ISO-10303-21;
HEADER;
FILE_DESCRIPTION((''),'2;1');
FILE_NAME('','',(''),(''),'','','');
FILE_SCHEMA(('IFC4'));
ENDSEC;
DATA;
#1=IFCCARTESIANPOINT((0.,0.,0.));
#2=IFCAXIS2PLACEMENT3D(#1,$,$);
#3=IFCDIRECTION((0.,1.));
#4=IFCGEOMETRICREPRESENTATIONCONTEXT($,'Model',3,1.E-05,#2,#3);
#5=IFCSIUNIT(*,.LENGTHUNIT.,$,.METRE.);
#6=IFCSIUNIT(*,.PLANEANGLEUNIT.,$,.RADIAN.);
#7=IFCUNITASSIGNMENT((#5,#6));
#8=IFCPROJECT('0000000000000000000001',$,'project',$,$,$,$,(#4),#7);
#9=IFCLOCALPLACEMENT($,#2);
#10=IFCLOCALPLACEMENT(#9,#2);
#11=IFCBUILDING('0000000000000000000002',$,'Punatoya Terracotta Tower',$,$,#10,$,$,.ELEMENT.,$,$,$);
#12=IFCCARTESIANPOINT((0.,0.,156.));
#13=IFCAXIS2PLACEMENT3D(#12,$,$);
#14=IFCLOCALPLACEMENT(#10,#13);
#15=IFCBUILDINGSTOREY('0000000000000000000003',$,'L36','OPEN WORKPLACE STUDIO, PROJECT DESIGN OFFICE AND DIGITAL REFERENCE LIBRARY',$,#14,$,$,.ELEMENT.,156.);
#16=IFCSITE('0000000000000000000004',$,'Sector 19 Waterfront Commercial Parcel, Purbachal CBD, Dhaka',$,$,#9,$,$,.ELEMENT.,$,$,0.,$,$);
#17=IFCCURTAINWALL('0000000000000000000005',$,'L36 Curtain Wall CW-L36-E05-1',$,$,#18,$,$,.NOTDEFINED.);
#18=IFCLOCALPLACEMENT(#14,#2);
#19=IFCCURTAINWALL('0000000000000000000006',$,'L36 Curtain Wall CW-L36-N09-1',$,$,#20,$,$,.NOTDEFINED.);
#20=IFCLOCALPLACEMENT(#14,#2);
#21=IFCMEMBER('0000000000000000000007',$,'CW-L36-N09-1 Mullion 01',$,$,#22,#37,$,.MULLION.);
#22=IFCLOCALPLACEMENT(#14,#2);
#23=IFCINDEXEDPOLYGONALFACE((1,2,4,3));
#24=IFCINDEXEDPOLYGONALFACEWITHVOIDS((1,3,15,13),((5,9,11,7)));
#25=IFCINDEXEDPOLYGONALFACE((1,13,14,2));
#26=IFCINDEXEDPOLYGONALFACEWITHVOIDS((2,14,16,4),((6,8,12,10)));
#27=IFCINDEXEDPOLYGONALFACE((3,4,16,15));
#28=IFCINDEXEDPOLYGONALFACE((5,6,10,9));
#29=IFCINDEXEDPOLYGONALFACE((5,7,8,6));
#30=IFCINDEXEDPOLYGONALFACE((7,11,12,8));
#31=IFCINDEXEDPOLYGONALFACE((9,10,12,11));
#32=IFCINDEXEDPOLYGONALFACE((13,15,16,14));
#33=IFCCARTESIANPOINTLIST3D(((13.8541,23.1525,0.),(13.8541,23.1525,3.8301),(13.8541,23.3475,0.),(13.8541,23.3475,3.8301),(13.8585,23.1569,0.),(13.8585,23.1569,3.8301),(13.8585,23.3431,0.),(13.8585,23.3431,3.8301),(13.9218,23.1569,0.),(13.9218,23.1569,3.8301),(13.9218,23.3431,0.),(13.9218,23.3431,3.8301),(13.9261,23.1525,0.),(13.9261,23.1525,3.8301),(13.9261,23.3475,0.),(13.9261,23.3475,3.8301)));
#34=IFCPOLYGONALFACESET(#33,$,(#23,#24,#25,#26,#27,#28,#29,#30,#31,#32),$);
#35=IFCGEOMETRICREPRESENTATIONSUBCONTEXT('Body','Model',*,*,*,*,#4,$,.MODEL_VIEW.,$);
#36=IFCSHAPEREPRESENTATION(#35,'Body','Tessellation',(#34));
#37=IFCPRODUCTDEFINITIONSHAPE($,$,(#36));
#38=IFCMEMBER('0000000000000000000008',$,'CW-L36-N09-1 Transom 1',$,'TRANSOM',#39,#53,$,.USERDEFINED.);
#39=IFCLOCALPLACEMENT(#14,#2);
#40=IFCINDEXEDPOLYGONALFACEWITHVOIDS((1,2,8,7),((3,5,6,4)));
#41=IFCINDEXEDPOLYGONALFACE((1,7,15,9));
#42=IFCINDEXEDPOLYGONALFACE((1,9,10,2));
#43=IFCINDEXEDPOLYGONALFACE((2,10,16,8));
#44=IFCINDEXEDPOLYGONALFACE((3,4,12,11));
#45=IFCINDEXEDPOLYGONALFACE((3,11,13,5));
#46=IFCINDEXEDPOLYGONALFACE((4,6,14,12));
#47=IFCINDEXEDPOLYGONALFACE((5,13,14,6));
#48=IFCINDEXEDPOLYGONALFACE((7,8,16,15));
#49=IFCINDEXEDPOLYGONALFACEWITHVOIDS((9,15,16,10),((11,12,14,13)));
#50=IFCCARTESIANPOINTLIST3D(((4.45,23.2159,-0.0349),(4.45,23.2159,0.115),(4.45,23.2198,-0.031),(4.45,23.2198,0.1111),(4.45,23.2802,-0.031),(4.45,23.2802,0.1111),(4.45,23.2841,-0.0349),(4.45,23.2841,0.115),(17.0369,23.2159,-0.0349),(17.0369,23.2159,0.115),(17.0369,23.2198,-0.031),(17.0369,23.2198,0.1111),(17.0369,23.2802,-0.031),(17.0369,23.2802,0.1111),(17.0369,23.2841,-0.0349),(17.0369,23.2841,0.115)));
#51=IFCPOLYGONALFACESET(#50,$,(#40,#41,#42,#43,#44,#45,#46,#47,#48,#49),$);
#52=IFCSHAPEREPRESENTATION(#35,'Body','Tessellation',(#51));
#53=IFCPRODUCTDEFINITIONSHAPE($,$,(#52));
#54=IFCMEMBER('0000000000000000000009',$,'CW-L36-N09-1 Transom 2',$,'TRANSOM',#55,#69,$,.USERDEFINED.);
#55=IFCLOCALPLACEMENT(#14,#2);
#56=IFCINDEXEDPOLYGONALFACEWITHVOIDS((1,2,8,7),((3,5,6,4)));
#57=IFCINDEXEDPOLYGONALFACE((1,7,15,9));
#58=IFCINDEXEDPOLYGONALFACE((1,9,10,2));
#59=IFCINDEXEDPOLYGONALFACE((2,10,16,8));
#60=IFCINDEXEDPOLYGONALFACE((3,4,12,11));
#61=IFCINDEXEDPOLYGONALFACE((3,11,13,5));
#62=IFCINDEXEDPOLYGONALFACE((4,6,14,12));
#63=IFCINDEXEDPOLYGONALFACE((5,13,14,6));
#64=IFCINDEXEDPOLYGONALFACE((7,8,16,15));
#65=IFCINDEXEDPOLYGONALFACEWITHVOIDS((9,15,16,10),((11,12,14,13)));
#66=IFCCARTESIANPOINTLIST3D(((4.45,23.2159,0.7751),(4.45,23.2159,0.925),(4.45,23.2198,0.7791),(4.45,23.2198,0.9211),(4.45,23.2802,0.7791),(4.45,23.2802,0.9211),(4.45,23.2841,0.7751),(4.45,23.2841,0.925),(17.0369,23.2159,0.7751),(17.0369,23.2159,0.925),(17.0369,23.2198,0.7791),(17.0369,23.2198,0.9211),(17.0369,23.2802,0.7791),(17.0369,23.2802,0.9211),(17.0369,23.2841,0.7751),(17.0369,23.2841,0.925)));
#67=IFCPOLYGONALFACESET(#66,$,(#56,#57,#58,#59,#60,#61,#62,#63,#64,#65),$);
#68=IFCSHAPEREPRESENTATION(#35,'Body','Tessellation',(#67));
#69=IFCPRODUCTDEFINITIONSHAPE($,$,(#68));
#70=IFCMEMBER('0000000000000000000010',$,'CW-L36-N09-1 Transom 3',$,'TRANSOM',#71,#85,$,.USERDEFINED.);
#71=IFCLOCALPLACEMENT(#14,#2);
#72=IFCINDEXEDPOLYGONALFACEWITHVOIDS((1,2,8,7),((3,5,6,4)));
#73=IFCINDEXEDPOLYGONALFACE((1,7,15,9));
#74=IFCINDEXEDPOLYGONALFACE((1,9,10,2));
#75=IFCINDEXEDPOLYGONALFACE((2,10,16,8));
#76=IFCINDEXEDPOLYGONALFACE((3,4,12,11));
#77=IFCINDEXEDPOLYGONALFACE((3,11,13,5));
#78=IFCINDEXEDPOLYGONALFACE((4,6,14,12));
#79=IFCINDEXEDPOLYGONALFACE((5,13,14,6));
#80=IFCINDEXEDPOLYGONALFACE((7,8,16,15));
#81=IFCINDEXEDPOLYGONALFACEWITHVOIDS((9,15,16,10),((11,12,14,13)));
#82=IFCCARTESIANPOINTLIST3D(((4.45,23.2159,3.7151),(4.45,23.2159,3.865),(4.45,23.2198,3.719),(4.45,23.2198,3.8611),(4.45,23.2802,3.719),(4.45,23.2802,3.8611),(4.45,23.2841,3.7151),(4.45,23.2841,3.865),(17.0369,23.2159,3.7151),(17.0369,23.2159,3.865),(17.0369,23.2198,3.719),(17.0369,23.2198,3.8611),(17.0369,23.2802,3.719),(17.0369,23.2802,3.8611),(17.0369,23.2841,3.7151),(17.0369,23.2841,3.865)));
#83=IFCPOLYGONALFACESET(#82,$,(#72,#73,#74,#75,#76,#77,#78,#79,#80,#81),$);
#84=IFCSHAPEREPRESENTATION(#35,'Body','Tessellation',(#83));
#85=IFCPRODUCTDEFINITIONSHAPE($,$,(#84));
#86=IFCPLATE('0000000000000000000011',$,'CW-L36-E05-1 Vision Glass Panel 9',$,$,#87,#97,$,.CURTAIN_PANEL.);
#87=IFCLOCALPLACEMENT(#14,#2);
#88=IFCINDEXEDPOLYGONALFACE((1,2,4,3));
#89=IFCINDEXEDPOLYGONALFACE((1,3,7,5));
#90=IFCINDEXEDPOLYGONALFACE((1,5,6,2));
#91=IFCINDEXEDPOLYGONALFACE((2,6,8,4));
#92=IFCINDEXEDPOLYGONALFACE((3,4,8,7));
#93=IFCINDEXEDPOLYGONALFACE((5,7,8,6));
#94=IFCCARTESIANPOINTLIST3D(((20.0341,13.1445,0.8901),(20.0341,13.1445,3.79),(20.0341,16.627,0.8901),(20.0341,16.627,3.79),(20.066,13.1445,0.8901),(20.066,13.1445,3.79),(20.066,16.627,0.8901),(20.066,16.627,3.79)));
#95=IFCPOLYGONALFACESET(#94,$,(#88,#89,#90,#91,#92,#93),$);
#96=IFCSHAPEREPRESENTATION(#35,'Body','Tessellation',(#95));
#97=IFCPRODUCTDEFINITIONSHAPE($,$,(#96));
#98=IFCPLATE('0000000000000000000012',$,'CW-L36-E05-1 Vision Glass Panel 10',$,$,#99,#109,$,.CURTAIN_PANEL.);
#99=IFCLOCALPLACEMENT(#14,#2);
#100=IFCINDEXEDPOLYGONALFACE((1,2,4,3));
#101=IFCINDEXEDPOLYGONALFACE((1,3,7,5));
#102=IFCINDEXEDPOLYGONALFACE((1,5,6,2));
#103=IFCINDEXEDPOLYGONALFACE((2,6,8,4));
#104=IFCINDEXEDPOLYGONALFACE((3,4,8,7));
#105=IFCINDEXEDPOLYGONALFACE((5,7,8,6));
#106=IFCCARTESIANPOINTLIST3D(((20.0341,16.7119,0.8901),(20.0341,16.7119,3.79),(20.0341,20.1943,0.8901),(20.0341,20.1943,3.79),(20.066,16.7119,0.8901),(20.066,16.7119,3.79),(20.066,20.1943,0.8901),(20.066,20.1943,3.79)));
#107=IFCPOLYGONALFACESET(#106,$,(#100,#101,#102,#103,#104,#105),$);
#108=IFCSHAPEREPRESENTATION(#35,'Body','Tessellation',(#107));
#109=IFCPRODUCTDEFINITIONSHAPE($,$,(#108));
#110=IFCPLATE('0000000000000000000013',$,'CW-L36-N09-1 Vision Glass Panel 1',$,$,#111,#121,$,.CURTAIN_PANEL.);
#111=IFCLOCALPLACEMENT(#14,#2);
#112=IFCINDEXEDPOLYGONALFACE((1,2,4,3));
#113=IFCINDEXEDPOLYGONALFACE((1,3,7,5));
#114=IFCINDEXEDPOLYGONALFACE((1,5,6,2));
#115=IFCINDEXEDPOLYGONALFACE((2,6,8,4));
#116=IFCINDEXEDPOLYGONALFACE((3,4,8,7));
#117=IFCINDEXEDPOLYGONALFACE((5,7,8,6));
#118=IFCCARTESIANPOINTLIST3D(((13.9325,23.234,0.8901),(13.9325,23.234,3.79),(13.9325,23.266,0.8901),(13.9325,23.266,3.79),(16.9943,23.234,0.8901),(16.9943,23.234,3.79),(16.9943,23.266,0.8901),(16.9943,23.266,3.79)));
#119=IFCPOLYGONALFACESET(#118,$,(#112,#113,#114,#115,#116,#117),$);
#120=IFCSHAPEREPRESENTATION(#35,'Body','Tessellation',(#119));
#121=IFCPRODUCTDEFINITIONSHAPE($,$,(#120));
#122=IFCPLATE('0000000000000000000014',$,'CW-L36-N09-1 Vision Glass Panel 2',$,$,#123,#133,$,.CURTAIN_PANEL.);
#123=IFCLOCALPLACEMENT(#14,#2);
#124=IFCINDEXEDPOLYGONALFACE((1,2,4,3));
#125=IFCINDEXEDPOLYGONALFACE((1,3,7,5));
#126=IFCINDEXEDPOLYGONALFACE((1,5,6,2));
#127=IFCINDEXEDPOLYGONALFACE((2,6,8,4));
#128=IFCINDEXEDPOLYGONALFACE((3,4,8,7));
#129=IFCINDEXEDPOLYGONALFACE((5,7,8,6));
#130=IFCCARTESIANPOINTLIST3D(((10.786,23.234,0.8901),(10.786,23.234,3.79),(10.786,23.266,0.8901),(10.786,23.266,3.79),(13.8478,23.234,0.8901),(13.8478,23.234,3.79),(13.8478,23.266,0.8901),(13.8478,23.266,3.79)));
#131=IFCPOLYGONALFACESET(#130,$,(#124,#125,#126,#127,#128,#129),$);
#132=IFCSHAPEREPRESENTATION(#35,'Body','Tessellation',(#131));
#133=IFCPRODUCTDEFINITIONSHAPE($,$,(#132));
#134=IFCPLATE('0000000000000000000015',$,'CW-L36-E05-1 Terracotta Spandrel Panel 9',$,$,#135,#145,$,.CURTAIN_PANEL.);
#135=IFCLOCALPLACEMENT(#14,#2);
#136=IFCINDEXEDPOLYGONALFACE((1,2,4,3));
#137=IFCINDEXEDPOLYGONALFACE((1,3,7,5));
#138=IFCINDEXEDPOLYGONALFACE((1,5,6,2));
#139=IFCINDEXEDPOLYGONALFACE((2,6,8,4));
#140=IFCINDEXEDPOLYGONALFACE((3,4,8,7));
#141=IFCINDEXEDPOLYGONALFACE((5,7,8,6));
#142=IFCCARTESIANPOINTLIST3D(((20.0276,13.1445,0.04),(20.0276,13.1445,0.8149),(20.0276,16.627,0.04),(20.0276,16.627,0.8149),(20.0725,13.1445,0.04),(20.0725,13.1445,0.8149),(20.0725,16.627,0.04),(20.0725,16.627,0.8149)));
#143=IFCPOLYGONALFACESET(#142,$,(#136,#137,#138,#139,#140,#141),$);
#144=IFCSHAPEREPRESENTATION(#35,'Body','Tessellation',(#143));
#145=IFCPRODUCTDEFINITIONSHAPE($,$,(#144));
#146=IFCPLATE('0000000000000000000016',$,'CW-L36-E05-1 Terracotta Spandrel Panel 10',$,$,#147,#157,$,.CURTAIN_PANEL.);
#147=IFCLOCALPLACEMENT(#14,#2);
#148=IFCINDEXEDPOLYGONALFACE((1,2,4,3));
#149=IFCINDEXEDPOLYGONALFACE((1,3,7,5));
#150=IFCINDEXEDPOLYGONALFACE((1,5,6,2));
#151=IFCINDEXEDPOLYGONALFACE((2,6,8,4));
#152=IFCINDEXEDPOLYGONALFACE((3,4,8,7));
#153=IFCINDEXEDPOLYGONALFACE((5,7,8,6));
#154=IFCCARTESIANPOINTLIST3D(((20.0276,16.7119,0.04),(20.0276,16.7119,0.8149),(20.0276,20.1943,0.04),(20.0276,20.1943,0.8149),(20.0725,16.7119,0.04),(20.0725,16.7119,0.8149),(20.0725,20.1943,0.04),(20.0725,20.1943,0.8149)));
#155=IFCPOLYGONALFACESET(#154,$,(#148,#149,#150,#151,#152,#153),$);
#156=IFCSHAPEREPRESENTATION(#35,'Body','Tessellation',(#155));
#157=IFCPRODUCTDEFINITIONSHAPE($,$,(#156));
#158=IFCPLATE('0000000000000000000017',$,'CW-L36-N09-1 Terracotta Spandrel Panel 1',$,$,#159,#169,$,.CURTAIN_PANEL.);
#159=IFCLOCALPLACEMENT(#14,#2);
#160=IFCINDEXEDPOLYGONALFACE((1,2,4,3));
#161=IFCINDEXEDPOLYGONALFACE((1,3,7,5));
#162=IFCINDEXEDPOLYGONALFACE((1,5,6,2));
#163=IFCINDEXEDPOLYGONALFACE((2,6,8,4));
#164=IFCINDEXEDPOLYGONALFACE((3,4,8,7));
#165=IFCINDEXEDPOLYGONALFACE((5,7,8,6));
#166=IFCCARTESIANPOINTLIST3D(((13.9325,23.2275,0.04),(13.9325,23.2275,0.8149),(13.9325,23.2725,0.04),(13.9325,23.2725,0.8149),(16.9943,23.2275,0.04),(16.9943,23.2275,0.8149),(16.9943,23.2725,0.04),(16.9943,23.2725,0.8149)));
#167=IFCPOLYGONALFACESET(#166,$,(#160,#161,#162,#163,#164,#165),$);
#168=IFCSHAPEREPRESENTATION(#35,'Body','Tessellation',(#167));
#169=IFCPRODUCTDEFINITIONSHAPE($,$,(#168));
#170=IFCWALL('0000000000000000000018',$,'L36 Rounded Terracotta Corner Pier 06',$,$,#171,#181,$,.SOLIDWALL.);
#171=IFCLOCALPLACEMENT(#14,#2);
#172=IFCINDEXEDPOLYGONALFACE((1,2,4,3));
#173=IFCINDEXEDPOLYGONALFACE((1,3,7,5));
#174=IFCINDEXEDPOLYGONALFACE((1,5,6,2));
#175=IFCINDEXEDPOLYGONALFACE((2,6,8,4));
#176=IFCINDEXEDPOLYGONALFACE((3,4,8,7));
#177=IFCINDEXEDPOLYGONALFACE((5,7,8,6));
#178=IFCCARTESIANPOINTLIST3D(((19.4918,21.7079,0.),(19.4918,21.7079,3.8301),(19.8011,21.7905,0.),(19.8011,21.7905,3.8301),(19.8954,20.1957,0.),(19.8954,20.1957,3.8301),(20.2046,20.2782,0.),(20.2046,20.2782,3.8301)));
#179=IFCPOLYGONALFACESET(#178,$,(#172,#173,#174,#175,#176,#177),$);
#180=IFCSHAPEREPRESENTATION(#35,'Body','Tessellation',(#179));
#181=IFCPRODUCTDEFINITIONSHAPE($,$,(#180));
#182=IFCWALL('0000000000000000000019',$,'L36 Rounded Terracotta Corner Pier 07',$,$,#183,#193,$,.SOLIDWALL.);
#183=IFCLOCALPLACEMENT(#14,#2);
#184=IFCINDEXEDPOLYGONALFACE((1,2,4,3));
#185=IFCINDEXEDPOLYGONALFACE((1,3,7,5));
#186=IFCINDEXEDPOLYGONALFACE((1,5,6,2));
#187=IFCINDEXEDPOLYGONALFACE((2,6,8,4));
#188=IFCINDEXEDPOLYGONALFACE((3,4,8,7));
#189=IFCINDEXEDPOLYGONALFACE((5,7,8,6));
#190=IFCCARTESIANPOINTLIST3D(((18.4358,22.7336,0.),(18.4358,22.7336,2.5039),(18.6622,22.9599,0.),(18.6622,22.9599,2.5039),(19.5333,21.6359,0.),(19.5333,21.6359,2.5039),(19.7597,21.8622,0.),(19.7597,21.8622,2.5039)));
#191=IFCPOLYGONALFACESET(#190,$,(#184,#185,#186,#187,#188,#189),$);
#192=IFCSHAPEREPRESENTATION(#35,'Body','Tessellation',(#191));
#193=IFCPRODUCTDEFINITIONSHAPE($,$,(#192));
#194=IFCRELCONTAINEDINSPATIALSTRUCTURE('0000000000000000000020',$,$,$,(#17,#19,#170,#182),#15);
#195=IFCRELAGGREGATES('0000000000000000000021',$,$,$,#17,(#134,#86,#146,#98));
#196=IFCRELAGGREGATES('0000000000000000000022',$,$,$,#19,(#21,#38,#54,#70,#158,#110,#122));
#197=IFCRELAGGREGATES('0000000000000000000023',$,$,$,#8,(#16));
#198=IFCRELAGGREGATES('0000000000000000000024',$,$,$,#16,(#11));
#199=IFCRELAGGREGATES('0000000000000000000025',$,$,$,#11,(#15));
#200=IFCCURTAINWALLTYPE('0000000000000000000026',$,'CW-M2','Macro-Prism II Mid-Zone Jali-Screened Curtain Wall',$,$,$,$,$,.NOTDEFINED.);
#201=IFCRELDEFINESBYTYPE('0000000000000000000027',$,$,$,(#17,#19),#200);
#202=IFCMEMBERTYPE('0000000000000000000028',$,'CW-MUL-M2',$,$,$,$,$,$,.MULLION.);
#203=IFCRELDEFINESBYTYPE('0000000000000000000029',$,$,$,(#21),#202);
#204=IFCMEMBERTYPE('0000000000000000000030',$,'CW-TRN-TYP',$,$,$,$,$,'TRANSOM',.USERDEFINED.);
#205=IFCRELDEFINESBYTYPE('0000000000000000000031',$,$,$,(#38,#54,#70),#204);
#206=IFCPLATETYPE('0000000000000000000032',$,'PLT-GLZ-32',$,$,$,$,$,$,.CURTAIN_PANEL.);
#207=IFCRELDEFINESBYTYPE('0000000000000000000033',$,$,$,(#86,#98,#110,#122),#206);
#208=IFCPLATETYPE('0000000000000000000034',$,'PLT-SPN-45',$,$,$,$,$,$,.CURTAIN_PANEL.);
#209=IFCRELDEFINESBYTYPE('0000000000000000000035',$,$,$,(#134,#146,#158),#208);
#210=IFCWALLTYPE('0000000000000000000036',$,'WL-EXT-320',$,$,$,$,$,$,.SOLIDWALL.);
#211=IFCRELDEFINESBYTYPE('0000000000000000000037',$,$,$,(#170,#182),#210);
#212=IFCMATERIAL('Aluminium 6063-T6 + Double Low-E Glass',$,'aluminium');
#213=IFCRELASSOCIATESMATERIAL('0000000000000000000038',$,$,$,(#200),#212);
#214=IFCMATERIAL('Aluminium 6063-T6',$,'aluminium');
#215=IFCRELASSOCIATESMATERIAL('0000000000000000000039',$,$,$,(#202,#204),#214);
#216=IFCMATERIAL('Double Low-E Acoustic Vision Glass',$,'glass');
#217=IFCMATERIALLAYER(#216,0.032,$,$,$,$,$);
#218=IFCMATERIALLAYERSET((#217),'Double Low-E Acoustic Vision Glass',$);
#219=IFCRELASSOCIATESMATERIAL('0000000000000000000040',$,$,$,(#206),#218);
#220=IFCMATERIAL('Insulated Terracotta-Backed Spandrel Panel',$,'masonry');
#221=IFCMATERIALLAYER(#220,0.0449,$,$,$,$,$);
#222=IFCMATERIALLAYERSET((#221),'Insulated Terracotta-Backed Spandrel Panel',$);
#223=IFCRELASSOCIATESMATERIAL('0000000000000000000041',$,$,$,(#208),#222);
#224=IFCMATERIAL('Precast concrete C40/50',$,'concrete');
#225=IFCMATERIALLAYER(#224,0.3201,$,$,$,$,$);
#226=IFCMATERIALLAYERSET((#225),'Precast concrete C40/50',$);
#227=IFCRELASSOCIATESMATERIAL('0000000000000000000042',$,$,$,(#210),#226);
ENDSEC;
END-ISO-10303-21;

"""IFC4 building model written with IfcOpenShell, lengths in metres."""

from ifc_helpers import new_model, si_unit, direction, frame, frame_2d, origin, origin_2d, place, context, subcontext, project, spatial, rectangle, hollow_rectangle, extrude, material, layer, layer_set, material_profile, profile_set, type_object, element, aggregate, save


model = new_model("IFC4")

# Units and contexts
model_context = context("Model", 3, precision=1e-05, world=origin(), true_north=direction((0.0, 1.0)))
body_context = subcontext(model_context, "Body", "Model", "MODEL_VIEW")
ifc_project = project(units=[si_unit("LENGTHUNIT", "METRE"), si_unit("PLANEANGLEUNIT", "RADIAN")], contexts=[model_context])

# Site, building, storey
site_placement = place(None, origin())
site = spatial("IfcSite", under=ifc_project, at=site_placement, Name="Sector 19 Waterfront Commercial Parcel, Purbachal CBD, Dhaka", CompositionType="ELEMENT", RefElevation=0.0)
building_placement = place(site_placement, origin())
building = spatial("IfcBuilding", under=site, at=building_placement, Name="Punatoya Terracotta Tower", CompositionType="ELEMENT")
storey_placement = place(building_placement, frame((0.0, 0.0, 156.0)))
storey = spatial("IfcBuildingStorey", under=building, at=storey_placement, Name="L36", Description="OPEN WORKPLACE STUDIO, PROJECT DESIGN OFFICE AND DIGITAL REFERENCE LIBRARY", CompositionType="ELEMENT", Elevation=156.0)

# Curtain walls, members
ifc_material_1 = material(Name="Aluminium 6063-T6 + Double Low-E Glass", Category="aluminium")
curtain_wall_type = type_object("IfcCurtainWallType", Name="CW-M2", Description="Macro-Prism II Mid-Zone Jali-Screened Curtain Wall", PredefinedType="NOTDEFINED", material=ifc_material_1)
curtain_wall_1_placement = place(storey_placement, origin())
curtain_wall_1 = element("IfcCurtainWall", 1, at=curtain_wall_1_placement, inside=storey, type_object=curtain_wall_type, Name="L36 Curtain Wall CW-L36-E05-1", PredefinedType="NOTDEFINED")
ifc_material_2 = material(Name="Aluminium 6063-T6", Category="aluminium")
ifc_material_profile_1 = material_profile(ifc_material_2, hollow_rectangle(XDim=0.072, YDim=0.1951, WallThickness=0.0044, at=origin_2d()))
ifc_profile_set_1 = profile_set([ifc_material_profile_1], Name="Aluminium 6063-T6")
member_type_1 = type_object("IfcMemberType", Name="CW-MUL-M2", PredefinedType="MULLION", material=ifc_profile_set_1)
curtain_wall_2_placement = place(storey_placement, origin())
curtain_wall_2 = element("IfcCurtainWall", 2, at=curtain_wall_2_placement, inside=storey, type_object=curtain_wall_type, Name="L36 Curtain Wall CW-L36-N09-1", PredefinedType="NOTDEFINED")
member_1_placement = place(storey_placement, frame((13.8901, 23.25, 0.0), z_axis=(0.0, 0.0, 1.0), x_axis=(1.0, 0.0, 0.0)))
member_1 = element("IfcMember", 3, at=member_1_placement, type_object=member_type_1, Name="CW-L36-N09-1 Mullion 01", PredefinedType="MULLION", context=body_context, shape_type="SweptSolid", body=[
    extrude(hollow_rectangle(XDim=0.072, YDim=0.1951, WallThickness=0.0044, at=origin_2d()), origin(), (0.0, 0.0, 1.0), 3.8301),
])
ifc_material_profile_2 = material_profile(ifc_material_2, hollow_rectangle(XDim=0.0681, YDim=0.1499, WallThickness=0.0039, at=origin_2d()))
ifc_profile_set_2 = profile_set([ifc_material_profile_2], Name="Aluminium 6063-T6")
member_type_2 = type_object("IfcMemberType", Name="CW-TRN-TYP", ElementType="TRANSOM", PredefinedType="USERDEFINED", material=ifc_profile_set_2)
member_2_placement = place(storey_placement, frame((17.0369, 23.25, 0.04), z_axis=(-1.0, 0.0, 0.0), x_axis=(0.0, -1.0, 0.0)))
member_2 = element("IfcMember", 4, at=member_2_placement, type_object=member_type_2, Name="CW-L36-N09-1 Transom 1", ObjectType="TRANSOM", PredefinedType="USERDEFINED", context=body_context, shape_type="SweptSolid", body=[
    extrude(hollow_rectangle(XDim=0.0681, YDim=0.1499, WallThickness=0.0039, at=origin_2d()), origin(), (0.0, 0.0, 1.0), 12.5869),
])
member_3_placement = place(storey_placement, frame((17.0369, 23.25, 0.8501), z_axis=(-1.0, 0.0, 0.0), x_axis=(0.0, -1.0, 0.0)))
member_3 = element("IfcMember", 5, at=member_3_placement, type_object=member_type_2, Name="CW-L36-N09-1 Transom 2", ObjectType="TRANSOM", PredefinedType="USERDEFINED", context=body_context, shape_type="SweptSolid", body=[
    extrude(hollow_rectangle(XDim=0.0681, YDim=0.1499, WallThickness=0.0039, at=origin_2d()), origin(), (0.0, 0.0, 1.0), 12.5869),
])
member_4_placement = place(storey_placement, frame((17.0369, 23.25, 3.79), z_axis=(-1.0, 0.0, 0.0), x_axis=(0.0, -1.0, 0.0)))
member_4 = element("IfcMember", 6, at=member_4_placement, type_object=member_type_2, Name="CW-L36-N09-1 Transom 3", ObjectType="TRANSOM", PredefinedType="USERDEFINED", context=body_context, shape_type="SweptSolid", body=[
    extrude(hollow_rectangle(XDim=0.0681, YDim=0.1499, WallThickness=0.0039, at=origin_2d()), origin(), (0.0, 0.0, 1.0), 12.5869),
])

# Plates
ifc_material_3 = material(Name="Double Low-E Acoustic Vision Glass", Category="glass")
ifc_layer_1 = layer(ifc_material_3, 0.032)
ifc_layer_set_1 = layer_set([ifc_layer_1], Name="Double Low-E Acoustic Vision Glass")
plate_type_1 = type_object("IfcPlateType", Name="PLT-GLZ-32", PredefinedType="CURTAIN_PANEL", material=ifc_layer_set_1)
plate_1_placement = place(storey_placement, frame((20.05, 14.8857, 0.8901), z_axis=(0.0, 0.0, 1.0), x_axis=(0.0, 1.0, 0.0)))
plate_1 = element("IfcPlate", 7, at=plate_1_placement, type_object=plate_type_1, Name="CW-L36-E05-1 Vision Glass Panel 9", PredefinedType="CURTAIN_PANEL", context=body_context, shape_type="SweptSolid", body=[
    extrude(rectangle(XDim=3.4824, YDim=0.032, at=origin_2d()), origin(), (0.0, 0.0, 1.0), 2.8999),
])
plate_2_placement = place(storey_placement, frame((20.05, 18.4531, 0.8901), z_axis=(0.0, 0.0, 1.0), x_axis=(0.0, 1.0, 0.0)))
plate_2 = element("IfcPlate", 8, at=plate_2_placement, type_object=plate_type_1, Name="CW-L36-E05-1 Vision Glass Panel 10", PredefinedType="CURTAIN_PANEL", context=body_context, shape_type="SweptSolid", body=[
    extrude(rectangle(XDim=3.4824, YDim=0.032, at=origin_2d()), origin(), (0.0, 0.0, 1.0), 2.8999),
])
plate_3_placement = place(storey_placement, frame((15.4634, 23.25, 0.8901), z_axis=(0.0, 0.0, 1.0), x_axis=(-1.0, 0.0, 0.0)))
plate_3 = element("IfcPlate", 9, at=plate_3_placement, type_object=plate_type_1, Name="CW-L36-N09-1 Vision Glass Panel 1", PredefinedType="CURTAIN_PANEL", context=body_context, shape_type="SweptSolid", body=[
    extrude(rectangle(XDim=3.0618, YDim=0.032, at=origin_2d()), origin(), (0.0, 0.0, 1.0), 2.8999),
])
plate_4_placement = place(storey_placement, frame((12.3169, 23.25, 0.8901), z_axis=(0.0, 0.0, 1.0), x_axis=(-1.0, 0.0, 0.0)))
plate_4 = element("IfcPlate", 10, at=plate_4_placement, type_object=plate_type_1, Name="CW-L36-N09-1 Vision Glass Panel 2", PredefinedType="CURTAIN_PANEL", context=body_context, shape_type="SweptSolid", body=[
    extrude(rectangle(XDim=3.0618, YDim=0.032, at=origin_2d()), origin(), (0.0, 0.0, 1.0), 2.8999),
])
ifc_material_4 = material(Name="Insulated Terracotta-Backed Spandrel Panel", Category="masonry")
ifc_layer_2 = layer(ifc_material_4, 0.0449)
ifc_layer_set_2 = layer_set([ifc_layer_2], Name="Insulated Terracotta-Backed Spandrel Panel")
plate_type_2 = type_object("IfcPlateType", Name="PLT-SPN-45", PredefinedType="CURTAIN_PANEL", material=ifc_layer_set_2)
plate_5_placement = place(storey_placement, frame((20.05, 14.8857, 0.04), z_axis=(0.0, 0.0, 1.0), x_axis=(0.0, 1.0, 0.0)))
plate_5 = element("IfcPlate", 11, at=plate_5_placement, type_object=plate_type_2, Name="CW-L36-E05-1 Terracotta Spandrel Panel 9", PredefinedType="CURTAIN_PANEL", context=body_context, shape_type="SweptSolid", body=[
    extrude(rectangle(XDim=3.4824, YDim=0.0449, at=origin_2d()), origin(), (0.0, 0.0, 1.0), 0.7749),
])
plate_6_placement = place(storey_placement, frame((20.05, 18.4531, 0.04), z_axis=(0.0, 0.0, 1.0), x_axis=(0.0, 1.0, 0.0)))
plate_6 = element("IfcPlate", 12, at=plate_6_placement, type_object=plate_type_2, Name="CW-L36-E05-1 Terracotta Spandrel Panel 10", PredefinedType="CURTAIN_PANEL", context=body_context, shape_type="SweptSolid", body=[
    extrude(rectangle(XDim=3.4824, YDim=0.0449, at=origin_2d()), origin(), (0.0, 0.0, 1.0), 0.7749),
])
aggregate(curtain_wall_1, [plate_5, plate_1, plate_6, plate_2])
plate_7_placement = place(storey_placement, frame((15.4634, 23.25, 0.04), z_axis=(0.0, 0.0, 1.0), x_axis=(-1.0, 0.0, 0.0)))
plate_7 = element("IfcPlate", 13, at=plate_7_placement, type_object=plate_type_2, Name="CW-L36-N09-1 Terracotta Spandrel Panel 1", PredefinedType="CURTAIN_PANEL", context=body_context, shape_type="SweptSolid", body=[
    extrude(rectangle(XDim=3.0618, YDim=0.0449, at=origin_2d()), origin(), (0.0, 0.0, 1.0), 0.7749),
])
aggregate(curtain_wall_2, [member_1, member_2, member_3, member_4, plate_7, plate_3, plate_4])

# Walls
ifc_material_5 = material(Name="Precast concrete C40/50", Category="concrete")
ifc_layer_3 = layer(ifc_material_5, 0.3201)
ifc_layer_set_3 = layer_set([ifc_layer_3], Name="Precast concrete C40/50")
wall_type = type_object("IfcWallType", Name="WL-EXT-320", PredefinedType="SOLIDWALL", material=ifc_layer_set_3)
wall_1_placement = place(storey_placement, frame((20.05, 20.2368, 0.0), z_axis=(0.0, 0.0, 1.0), x_axis=(-0.257847, 0.966186, 0.0)))
element("IfcWall", 14, at=wall_1_placement, inside=storey, type_object=wall_type, Name="L36 Rounded Terracotta Corner Pier 06", PredefinedType="SOLIDWALL", context=body_context, shape_type="SweptSolid", body=[
    extrude(rectangle(XDim=1.5652, YDim=0.3201, at=frame_2d((0.7827, 0.0))), origin(), (0.0, 0.0, 1.0), 3.8301),
])
wall_2_placement = place(storey_placement, frame((19.6465, 21.749, 0.0), z_axis=(0.0, 0.0, 1.0), x_axis=(-0.707028, 0.707185, 0.0)))
element("IfcWall", 15, at=wall_2_placement, inside=storey, type_object=wall_type, Name="L36 Rounded Terracotta Corner Pier 07", PredefinedType="SOLIDWALL", context=body_context, shape_type="SweptSolid", body=[
    extrude(rectangle(XDim=1.5522, YDim=0.3201, at=frame_2d((0.7761, 0.0))), origin(), (0.0, 0.0, 1.0), 2.5039),
])

save(model, "model.ifc")
